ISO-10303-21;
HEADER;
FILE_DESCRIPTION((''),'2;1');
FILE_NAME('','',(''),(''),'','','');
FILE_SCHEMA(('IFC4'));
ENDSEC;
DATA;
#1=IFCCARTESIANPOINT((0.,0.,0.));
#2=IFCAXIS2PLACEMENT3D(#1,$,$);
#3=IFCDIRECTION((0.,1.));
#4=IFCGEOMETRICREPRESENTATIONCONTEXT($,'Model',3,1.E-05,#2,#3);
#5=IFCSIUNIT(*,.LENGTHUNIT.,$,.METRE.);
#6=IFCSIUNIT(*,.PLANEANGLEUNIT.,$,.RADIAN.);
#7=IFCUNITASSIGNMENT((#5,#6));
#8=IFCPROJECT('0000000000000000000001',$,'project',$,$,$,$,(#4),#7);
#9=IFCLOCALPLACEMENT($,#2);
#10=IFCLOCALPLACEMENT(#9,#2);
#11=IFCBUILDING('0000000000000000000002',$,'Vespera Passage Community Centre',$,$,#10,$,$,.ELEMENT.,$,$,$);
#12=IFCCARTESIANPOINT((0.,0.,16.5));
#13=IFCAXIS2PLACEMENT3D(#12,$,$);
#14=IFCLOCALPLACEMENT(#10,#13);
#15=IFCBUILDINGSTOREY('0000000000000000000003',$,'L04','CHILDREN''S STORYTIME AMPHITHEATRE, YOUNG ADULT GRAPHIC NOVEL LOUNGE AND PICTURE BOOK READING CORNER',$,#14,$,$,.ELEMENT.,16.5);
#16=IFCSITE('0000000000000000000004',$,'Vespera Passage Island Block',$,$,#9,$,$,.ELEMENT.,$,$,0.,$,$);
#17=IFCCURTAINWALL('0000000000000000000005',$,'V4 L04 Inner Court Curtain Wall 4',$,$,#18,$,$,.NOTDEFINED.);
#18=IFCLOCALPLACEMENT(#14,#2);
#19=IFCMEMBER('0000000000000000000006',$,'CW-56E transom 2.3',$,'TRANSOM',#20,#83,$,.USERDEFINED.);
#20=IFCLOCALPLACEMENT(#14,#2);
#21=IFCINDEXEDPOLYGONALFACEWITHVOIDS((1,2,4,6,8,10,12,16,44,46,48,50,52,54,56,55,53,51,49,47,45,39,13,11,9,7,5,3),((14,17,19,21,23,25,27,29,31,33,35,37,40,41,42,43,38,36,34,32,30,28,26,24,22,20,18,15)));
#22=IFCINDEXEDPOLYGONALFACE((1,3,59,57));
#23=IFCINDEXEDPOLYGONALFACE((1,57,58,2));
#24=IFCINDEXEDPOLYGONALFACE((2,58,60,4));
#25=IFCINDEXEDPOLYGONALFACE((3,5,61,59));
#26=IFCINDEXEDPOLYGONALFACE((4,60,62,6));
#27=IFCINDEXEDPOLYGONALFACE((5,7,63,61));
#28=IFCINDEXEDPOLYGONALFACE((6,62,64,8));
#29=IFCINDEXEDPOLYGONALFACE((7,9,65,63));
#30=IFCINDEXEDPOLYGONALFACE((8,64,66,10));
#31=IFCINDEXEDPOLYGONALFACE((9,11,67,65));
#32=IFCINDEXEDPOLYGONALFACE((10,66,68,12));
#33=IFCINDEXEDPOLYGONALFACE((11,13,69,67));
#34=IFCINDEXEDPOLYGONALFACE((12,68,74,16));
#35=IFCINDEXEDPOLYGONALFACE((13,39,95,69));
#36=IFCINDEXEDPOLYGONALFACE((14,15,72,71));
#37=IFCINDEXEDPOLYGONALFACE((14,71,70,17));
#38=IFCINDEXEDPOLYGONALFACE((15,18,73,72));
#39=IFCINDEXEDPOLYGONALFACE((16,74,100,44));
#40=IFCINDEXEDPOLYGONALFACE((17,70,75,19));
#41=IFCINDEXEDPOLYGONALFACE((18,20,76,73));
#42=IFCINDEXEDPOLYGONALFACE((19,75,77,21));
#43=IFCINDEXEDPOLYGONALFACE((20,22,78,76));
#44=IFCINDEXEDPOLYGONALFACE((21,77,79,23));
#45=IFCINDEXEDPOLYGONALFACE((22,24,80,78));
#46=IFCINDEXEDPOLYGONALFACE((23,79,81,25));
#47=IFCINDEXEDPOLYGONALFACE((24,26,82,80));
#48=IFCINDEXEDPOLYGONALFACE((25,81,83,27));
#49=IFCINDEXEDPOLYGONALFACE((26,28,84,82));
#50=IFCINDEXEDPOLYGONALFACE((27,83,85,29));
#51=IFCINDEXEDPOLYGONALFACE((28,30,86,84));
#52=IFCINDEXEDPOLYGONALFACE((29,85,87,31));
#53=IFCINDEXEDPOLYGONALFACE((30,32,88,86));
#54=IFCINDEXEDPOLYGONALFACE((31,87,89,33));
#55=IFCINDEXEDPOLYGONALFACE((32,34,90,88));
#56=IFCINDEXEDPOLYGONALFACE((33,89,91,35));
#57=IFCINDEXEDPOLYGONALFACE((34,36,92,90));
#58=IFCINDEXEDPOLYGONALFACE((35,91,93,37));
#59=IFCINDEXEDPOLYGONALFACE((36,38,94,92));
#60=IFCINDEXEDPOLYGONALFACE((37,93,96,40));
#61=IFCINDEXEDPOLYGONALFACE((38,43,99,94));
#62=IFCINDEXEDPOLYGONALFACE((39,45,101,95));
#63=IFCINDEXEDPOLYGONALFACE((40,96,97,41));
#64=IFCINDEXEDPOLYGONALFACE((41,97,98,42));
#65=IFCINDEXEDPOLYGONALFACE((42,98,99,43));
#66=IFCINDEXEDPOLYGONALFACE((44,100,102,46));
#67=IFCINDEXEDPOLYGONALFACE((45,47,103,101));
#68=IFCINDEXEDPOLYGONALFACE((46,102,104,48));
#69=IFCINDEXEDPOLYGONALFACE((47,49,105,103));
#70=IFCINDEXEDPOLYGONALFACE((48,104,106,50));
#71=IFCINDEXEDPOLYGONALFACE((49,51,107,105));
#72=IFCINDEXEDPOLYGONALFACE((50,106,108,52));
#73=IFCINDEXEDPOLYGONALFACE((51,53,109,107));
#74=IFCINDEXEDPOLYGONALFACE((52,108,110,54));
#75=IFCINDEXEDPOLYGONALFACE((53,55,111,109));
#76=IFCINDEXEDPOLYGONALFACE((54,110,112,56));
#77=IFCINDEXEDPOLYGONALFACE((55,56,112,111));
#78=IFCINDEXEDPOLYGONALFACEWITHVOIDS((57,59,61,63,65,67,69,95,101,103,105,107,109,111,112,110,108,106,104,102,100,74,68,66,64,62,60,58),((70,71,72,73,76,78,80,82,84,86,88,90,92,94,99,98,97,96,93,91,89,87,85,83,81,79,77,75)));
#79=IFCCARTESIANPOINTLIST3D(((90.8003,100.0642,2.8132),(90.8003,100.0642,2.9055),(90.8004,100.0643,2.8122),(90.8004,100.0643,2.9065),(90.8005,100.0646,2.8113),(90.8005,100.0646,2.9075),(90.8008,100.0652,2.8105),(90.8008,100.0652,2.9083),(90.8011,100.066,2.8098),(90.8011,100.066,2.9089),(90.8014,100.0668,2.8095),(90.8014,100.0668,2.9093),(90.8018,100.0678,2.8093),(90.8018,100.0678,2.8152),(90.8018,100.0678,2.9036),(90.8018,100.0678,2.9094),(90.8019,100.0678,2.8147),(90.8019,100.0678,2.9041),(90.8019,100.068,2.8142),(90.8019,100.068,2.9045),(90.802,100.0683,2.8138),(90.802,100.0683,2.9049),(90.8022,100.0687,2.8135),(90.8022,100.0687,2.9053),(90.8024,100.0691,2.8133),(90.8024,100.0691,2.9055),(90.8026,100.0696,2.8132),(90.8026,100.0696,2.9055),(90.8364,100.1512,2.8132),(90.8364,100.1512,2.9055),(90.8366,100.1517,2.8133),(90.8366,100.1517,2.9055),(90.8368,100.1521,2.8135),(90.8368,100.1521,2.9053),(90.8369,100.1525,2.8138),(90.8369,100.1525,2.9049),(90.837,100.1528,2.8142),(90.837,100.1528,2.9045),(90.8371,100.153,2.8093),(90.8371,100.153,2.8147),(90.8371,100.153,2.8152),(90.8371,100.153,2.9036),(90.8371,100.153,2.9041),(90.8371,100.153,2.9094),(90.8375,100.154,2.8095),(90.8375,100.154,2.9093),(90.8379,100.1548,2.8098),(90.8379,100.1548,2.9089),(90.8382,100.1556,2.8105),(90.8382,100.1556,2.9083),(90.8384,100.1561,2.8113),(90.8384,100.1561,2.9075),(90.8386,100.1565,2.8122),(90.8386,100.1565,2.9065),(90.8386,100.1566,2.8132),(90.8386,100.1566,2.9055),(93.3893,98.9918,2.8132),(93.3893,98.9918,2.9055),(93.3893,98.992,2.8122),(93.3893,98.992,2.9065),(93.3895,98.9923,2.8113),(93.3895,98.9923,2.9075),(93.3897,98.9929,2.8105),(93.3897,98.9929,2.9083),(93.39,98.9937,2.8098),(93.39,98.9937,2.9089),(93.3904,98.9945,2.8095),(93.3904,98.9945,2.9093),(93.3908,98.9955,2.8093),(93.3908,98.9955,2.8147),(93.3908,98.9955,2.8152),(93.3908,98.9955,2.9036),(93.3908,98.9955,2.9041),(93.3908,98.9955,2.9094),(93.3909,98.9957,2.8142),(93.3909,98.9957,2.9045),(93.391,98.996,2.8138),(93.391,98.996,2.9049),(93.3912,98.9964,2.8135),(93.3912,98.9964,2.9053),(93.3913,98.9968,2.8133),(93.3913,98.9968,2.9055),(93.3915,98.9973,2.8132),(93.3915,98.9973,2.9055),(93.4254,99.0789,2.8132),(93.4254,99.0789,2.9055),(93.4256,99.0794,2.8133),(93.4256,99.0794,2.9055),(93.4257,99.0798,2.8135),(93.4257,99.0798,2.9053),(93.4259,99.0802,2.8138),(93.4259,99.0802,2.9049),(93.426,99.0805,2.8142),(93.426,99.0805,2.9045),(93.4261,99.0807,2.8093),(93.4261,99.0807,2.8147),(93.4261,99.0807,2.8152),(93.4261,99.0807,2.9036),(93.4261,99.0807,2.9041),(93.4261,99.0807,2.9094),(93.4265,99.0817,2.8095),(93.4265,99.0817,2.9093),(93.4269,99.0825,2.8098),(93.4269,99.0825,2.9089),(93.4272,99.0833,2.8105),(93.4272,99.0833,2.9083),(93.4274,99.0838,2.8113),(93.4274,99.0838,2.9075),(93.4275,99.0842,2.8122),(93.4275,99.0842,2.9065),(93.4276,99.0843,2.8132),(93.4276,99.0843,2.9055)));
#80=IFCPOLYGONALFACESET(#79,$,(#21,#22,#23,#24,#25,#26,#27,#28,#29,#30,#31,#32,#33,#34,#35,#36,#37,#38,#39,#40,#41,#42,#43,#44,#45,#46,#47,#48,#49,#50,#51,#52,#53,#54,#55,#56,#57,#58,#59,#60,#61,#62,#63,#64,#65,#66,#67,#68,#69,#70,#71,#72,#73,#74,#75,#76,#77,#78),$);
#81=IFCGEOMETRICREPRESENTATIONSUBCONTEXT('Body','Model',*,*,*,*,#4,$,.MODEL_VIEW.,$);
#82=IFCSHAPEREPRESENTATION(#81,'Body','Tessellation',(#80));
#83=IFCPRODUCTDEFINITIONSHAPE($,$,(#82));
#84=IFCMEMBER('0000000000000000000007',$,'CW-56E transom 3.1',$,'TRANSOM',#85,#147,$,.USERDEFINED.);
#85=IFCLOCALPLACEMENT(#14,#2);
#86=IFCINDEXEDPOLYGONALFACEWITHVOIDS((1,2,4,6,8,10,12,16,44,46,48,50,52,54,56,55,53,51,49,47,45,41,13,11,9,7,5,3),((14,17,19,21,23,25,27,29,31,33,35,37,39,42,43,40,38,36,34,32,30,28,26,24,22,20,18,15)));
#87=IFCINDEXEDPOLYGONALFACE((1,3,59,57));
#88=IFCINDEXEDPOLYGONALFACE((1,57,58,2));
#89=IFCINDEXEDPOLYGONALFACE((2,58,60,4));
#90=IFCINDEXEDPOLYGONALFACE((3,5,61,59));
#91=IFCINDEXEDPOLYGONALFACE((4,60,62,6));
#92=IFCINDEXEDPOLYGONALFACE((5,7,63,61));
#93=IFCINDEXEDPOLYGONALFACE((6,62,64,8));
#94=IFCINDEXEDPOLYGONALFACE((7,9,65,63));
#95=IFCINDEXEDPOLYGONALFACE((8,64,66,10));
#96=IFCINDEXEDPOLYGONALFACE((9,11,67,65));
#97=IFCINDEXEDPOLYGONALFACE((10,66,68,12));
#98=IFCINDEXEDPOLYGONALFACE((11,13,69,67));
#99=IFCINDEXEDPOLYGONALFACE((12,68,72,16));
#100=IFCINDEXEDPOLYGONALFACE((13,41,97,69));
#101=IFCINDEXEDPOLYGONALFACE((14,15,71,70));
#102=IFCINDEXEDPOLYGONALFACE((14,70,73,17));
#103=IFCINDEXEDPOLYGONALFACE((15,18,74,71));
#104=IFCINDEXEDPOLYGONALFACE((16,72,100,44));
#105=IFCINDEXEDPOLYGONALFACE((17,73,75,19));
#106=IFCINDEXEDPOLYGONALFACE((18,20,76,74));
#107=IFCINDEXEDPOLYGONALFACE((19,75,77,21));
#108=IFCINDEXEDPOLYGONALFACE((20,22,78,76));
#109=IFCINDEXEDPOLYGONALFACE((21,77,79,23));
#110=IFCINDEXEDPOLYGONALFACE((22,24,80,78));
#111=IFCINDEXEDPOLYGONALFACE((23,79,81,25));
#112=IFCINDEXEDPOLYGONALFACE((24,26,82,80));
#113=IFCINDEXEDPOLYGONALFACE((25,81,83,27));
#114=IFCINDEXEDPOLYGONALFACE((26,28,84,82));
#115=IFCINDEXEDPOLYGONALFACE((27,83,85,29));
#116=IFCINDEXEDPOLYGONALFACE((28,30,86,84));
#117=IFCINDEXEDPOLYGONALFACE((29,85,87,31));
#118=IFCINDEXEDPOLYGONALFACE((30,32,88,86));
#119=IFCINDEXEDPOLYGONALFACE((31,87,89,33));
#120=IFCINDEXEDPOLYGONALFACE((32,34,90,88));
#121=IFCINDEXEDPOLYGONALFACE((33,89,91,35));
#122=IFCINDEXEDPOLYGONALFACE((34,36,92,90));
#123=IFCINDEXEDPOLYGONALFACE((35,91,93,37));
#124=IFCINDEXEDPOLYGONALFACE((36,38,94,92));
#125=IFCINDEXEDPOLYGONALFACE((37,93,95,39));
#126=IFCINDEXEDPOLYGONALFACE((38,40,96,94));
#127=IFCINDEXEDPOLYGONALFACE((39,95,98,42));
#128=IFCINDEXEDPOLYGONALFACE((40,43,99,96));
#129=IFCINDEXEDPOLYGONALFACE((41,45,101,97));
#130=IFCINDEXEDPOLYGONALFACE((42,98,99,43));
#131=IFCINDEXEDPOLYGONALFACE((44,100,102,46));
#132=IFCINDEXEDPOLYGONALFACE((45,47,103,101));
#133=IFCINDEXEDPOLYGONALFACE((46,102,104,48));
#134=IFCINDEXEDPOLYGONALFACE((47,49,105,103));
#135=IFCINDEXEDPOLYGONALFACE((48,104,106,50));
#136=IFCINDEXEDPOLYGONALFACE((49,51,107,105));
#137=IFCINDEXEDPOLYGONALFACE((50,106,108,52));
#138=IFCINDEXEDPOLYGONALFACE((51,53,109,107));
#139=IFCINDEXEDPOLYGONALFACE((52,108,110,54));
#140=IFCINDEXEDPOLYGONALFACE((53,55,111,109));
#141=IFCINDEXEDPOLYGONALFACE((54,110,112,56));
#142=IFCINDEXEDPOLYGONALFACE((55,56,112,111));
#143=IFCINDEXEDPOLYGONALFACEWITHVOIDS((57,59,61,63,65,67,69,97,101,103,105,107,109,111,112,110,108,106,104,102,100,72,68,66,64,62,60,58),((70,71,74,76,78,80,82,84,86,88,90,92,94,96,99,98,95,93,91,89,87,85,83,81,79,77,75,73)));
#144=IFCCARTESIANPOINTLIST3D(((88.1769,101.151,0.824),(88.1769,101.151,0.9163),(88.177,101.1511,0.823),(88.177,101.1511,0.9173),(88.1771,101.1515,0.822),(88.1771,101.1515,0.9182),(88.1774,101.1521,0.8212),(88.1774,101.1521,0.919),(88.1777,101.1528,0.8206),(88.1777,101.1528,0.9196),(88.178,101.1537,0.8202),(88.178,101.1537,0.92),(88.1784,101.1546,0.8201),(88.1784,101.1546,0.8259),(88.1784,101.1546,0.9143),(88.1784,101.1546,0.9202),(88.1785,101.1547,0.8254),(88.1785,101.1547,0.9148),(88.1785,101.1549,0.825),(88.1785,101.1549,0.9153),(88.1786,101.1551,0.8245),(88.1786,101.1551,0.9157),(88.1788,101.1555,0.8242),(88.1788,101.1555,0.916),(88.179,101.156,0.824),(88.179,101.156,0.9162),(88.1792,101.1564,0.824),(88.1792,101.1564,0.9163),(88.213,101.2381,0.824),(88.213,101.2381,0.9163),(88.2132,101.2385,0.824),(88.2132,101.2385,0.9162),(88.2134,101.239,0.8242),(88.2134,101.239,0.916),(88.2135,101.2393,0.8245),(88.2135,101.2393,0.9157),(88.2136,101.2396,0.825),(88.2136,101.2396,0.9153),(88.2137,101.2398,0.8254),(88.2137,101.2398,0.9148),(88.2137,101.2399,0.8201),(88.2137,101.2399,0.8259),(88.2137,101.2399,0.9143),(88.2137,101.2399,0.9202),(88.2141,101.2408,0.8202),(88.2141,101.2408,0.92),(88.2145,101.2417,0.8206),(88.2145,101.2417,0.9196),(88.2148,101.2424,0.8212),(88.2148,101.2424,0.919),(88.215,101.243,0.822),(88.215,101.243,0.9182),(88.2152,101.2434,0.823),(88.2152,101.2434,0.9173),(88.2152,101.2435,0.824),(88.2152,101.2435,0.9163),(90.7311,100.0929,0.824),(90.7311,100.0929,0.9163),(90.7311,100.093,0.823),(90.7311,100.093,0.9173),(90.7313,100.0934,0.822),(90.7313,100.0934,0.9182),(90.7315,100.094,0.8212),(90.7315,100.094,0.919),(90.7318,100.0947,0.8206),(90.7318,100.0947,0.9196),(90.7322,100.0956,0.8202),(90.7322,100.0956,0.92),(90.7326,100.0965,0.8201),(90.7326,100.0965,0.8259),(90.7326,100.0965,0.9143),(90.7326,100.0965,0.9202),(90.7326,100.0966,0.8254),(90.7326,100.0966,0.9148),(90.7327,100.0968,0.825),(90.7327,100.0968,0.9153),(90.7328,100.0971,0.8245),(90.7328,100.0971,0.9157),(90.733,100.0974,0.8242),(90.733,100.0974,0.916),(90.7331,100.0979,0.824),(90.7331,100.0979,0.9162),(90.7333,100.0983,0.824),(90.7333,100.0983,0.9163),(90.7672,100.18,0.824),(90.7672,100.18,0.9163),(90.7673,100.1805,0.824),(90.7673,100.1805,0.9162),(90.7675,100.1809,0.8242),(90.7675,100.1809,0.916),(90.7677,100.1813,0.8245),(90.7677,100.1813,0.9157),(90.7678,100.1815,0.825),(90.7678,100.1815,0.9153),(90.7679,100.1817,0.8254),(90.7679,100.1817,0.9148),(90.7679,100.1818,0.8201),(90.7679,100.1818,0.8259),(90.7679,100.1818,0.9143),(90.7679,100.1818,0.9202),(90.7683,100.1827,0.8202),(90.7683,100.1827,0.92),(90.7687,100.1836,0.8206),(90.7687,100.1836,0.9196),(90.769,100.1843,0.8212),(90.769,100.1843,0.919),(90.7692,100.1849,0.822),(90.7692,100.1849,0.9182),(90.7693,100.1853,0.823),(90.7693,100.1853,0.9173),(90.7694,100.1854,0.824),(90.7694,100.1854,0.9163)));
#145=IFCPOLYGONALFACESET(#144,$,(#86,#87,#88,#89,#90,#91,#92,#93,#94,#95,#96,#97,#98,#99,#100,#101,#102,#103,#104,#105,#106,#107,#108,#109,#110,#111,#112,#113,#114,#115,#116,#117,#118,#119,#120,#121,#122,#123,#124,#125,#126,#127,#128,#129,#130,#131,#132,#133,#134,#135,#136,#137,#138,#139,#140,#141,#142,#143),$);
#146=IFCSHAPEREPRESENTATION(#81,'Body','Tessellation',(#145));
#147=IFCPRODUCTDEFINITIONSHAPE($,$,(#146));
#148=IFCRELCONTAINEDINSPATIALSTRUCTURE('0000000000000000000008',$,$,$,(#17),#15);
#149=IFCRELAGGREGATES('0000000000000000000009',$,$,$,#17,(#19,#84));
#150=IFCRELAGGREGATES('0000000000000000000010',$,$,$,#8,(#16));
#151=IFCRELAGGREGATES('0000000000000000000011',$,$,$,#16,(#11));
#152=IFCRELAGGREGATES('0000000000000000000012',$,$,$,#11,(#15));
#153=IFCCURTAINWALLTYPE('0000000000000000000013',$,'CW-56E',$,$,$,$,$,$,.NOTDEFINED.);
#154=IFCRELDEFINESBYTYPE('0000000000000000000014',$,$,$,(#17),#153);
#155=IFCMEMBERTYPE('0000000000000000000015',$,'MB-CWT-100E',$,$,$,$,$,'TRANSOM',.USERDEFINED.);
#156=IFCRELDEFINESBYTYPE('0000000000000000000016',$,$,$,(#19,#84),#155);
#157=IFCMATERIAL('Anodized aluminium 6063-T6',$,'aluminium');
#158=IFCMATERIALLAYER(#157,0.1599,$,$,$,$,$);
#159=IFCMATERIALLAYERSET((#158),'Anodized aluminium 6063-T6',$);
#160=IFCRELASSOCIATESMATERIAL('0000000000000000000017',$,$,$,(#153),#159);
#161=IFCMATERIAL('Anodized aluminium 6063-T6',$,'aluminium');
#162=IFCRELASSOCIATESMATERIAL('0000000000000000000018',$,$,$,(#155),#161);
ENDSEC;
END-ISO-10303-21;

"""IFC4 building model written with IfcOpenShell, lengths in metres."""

from ifc_helpers import new_model, si_unit, direction, frame, origin, origin_2d, place, context, subcontext, project, spatial, hollow_rectangle, extrude, material, layer, layer_set, material_profile, profile_set, type_object, element, aggregate, save


model = new_model("IFC4")

# Units and contexts
model_context = context("Model", 3, precision=1e-05, world=origin(), true_north=direction((0.0, 1.0)))
body_context = subcontext(model_context, "Body", "Model", "MODEL_VIEW")
ifc_project = project(units=[si_unit("LENGTHUNIT", "METRE"), si_unit("PLANEANGLEUNIT", "RADIAN")], contexts=[model_context])

# Site, building, storey
site_placement = place(None, origin())
site = spatial("IfcSite", under=ifc_project, at=site_placement, Name="Vespera Passage Island Block", CompositionType="ELEMENT", RefElevation=0.0)
building_placement = place(site_placement, origin())
building = spatial("IfcBuilding", under=site, at=building_placement, Name="Vespera Passage Community Centre", CompositionType="ELEMENT")
storey_placement = place(building_placement, frame((0.0, 0.0, 16.5)))
storey = spatial("IfcBuildingStorey", under=building, at=storey_placement, Name="L04", Description="CHILDREN'S STORYTIME AMPHITHEATRE, YOUNG ADULT GRAPHIC NOVEL LOUNGE AND PICTURE BOOK READING CORNER", CompositionType="ELEMENT", Elevation=16.5)

# Curtain wall, members
ifc_material_1 = material(Name="Anodized aluminium 6063-T6", Category="aluminium")
ifc_layer_1 = layer(ifc_material_1, 0.1599)
ifc_layer_set_1 = layer_set([ifc_layer_1], Name="Anodized aluminium 6063-T6")
curtain_wall_type_1 = type_object("IfcCurtainWallType", Name="CW-56E", PredefinedType="NOTDEFINED", material=ifc_layer_set_1)
curtain_wall_1_placement = place(storey_placement, origin())
curtain_wall_1 = element("IfcCurtainWall", 1, at=curtain_wall_1_placement, inside=storey, type_object=curtain_wall_type_1, Name="V4 L04 Inner Court Curtain Wall 4", PredefinedType="NOTDEFINED")
ifc_material_2 = material(Name="Anodized aluminium 6063-T6", Category="aluminium")
ifc_material_profile_1 = material_profile(ifc_material_2, hollow_rectangle(XDim=0.1001, YDim=0.1001, WallThickness=0.0039, InnerFilletRadius=0.002, OuterFilletRadius=0.0039, at=origin_2d()), Name="ALU100X100X4")
ifc_profile_set_1 = profile_set([ifc_material_profile_1], Name="Anodized aluminium 6063-T6")
member_type_1 = type_object("IfcMemberType", Name="MB-CWT-100E", ElementType="TRANSOM", PredefinedType="USERDEFINED", material=ifc_profile_set_1)
member_1_placement = place(storey_placement, frame((93.4084, 99.0381, 2.8594), z_axis=(-0.923889, 0.38266, 0.0), x_axis=(-0.38266, -0.923889, 0.0)))
member_1 = element("IfcMember", 2, at=member_1_placement, type_object=member_type_1, Name="CW-56E transom 2.3", ObjectType="TRANSOM", PredefinedType="USERDEFINED", context=body_context, shape_type="SweptSolid", body=[
    extrude(hollow_rectangle(XDim=0.1001, YDim=0.1001, WallThickness=0.0039, InnerFilletRadius=0.002, OuterFilletRadius=0.0039, at=origin_2d()), origin(), (0.0, 0.0, 1.0), 2.8022),
])
member_2_placement = place(storey_placement, frame((90.7502, 100.1392, 0.8701), z_axis=(-0.923864, 0.382721, 0.0), x_axis=(-0.382721, -0.923864, 0.0)))
member_2 = element("IfcMember", 3, at=member_2_placement, type_object=member_type_1, Name="CW-56E transom 3.1", ObjectType="TRANSOM", PredefinedType="USERDEFINED", context=body_context, shape_type="SweptSolid", body=[
    extrude(hollow_rectangle(XDim=0.1001, YDim=0.1001, WallThickness=0.0039, InnerFilletRadius=0.002, OuterFilletRadius=0.0039, at=origin_2d()), origin(), (0.0, 0.0, 1.0), 2.7646),
])

aggregate(curtain_wall_1, [member_1, member_2])

save(model, "model.ifc")
